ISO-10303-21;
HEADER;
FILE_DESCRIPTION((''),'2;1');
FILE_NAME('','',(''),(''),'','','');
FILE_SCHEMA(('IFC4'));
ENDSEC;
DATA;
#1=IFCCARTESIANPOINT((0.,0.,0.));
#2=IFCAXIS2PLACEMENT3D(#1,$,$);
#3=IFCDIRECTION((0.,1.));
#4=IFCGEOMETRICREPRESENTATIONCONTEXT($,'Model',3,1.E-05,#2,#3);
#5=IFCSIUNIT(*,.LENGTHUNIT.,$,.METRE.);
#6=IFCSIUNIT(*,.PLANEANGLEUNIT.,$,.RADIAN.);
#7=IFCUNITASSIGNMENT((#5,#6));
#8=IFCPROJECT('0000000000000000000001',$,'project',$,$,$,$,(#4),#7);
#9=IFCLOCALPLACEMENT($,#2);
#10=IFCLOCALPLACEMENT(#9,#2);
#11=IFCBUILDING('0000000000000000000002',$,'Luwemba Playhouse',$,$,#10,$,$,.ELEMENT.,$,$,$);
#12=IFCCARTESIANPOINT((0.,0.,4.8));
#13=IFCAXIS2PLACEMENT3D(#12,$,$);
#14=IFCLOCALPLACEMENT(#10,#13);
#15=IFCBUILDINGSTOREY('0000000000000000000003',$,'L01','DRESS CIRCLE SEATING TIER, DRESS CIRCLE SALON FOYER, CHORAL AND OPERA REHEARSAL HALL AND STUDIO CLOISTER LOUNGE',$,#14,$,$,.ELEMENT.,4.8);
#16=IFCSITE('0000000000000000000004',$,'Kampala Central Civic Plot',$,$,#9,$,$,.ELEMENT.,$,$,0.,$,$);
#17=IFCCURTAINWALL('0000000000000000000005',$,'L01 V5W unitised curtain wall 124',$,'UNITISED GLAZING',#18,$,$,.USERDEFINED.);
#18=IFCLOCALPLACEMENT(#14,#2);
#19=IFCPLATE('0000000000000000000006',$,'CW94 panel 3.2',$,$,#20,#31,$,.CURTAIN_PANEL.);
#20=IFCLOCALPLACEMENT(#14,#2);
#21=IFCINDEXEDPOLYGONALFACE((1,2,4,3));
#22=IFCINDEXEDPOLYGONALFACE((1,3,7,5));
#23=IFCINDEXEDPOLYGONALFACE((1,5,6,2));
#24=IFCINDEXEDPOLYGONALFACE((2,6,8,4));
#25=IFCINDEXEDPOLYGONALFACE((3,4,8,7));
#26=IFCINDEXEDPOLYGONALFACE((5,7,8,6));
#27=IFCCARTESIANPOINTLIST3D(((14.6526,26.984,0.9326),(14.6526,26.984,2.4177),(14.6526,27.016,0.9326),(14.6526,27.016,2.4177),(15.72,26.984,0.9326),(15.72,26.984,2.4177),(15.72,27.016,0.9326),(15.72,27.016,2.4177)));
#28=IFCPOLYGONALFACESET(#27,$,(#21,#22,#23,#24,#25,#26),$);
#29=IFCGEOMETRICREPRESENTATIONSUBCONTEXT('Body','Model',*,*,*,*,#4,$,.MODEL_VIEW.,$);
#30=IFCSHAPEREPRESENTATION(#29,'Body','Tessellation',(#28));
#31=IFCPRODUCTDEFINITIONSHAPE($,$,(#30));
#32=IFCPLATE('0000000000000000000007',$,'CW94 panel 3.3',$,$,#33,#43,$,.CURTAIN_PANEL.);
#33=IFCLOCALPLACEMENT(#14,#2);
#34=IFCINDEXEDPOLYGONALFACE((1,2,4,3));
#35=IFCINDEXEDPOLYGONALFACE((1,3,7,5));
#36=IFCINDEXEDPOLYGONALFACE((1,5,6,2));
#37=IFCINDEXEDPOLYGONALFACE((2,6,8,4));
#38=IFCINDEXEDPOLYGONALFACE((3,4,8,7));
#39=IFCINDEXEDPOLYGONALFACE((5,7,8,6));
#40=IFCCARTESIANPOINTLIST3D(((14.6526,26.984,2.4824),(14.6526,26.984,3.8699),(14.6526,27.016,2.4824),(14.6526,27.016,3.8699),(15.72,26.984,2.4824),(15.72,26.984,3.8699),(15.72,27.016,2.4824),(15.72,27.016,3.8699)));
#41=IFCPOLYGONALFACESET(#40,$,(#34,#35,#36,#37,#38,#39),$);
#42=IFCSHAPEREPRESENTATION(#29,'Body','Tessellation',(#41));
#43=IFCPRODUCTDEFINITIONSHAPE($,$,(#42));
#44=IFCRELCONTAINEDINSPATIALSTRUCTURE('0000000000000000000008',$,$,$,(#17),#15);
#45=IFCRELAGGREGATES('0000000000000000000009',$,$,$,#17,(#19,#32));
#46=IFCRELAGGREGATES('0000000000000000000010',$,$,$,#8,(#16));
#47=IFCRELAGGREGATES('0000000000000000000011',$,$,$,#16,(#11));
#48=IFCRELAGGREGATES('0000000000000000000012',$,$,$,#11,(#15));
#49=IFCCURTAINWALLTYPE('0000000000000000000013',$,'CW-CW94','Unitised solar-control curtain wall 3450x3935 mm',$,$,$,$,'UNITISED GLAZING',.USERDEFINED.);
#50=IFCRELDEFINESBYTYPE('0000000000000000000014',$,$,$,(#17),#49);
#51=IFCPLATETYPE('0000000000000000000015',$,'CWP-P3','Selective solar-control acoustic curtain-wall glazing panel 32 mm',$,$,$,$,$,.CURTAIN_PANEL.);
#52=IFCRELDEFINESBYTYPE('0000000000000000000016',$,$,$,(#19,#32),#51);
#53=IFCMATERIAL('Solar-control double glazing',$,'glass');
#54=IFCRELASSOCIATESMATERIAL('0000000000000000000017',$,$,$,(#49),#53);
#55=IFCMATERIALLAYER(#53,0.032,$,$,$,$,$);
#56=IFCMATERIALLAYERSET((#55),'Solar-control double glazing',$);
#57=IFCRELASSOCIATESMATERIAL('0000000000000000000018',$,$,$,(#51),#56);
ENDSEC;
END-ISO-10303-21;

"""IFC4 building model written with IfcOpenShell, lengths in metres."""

from ifc_helpers import new_model, si_unit, direction, frame, origin, origin_2d, place, context, subcontext, project, spatial, rectangle, extrude, material, layer, layer_set, type_object, element, aggregate, save


model = new_model("IFC4")

# Units and contexts
model_context = context("Model", 3, precision=1e-05, world=origin(), true_north=direction((0.0, 1.0)))
body_context = subcontext(model_context, "Body", "Model", "MODEL_VIEW")
ifc_project = project(units=[si_unit("LENGTHUNIT", "METRE"), si_unit("PLANEANGLEUNIT", "RADIAN")], contexts=[model_context])

# Site, building, storey
site_placement = place(None, origin())
site = spatial("IfcSite", under=ifc_project, at=site_placement, Name="Kampala Central Civic Plot", CompositionType="ELEMENT", RefElevation=0.0)
building_placement = place(site_placement, origin())
building = spatial("IfcBuilding", under=site, at=building_placement, Name="Luwemba Playhouse", CompositionType="ELEMENT")
storey_placement = place(building_placement, frame((0.0, 0.0, 4.8)))
storey = spatial("IfcBuildingStorey", under=building, at=storey_placement, Name="L01", Description="DRESS CIRCLE SEATING TIER, DRESS CIRCLE SALON FOYER, CHORAL AND OPERA REHEARSAL HALL AND STUDIO CLOISTER LOUNGE", CompositionType="ELEMENT", Elevation=4.8)

# Shared definitions
ifc_material_1 = material(Name="Solar-control double glazing", Category="glass")

# Curtain wall
curtain_wall_type_1 = type_object("IfcCurtainWallType", Name="CW-CW94", Description="Unitised solar-control curtain wall 3450x3935 mm", ElementType="UNITISED GLAZING", PredefinedType="USERDEFINED", material=ifc_material_1)
curtain_wall_1_placement = place(storey_placement, origin())
curtain_wall_1 = element("IfcCurtainWall", 1, at=curtain_wall_1_placement, inside=storey, type_object=curtain_wall_type_1, Name="L01 V5W unitised curtain wall 124", ObjectType="UNITISED GLAZING", PredefinedType="USERDEFINED")

# Plates
ifc_layer_1 = layer(ifc_material_1, 0.032)
ifc_layer_set_1 = layer_set([ifc_layer_1], Name="Solar-control double glazing")
plate_type_1 = type_object("IfcPlateType", Name="CWP-P3", Description="Selective solar-control acoustic curtain-wall glazing panel 32 mm", PredefinedType="CURTAIN_PANEL", material=ifc_layer_set_1)
plate_1_placement = place(storey_placement, frame((15.1863, 27.0, 0.9326), z_axis=(0.0, 0.0, 1.0), x_axis=(1.0, 0.0, 0.0)))
plate_1 = element("IfcPlate", 2, at=plate_1_placement, type_object=plate_type_1, Name="CW94 panel 3.2", PredefinedType="CURTAIN_PANEL", context=body_context, shape_type="SweptSolid", body=[
    extrude(rectangle(XDim=1.0674, YDim=0.032, at=origin_2d()), origin(), (0.0, 0.0, 1.0), 1.4851),
])
plate_2_placement = place(storey_placement, frame((15.1863, 27.0, 2.4824), z_axis=(0.0, 0.0, 1.0), x_axis=(1.0, 0.0, 0.0)))
plate_2 = element("IfcPlate", 3, at=plate_2_placement, type_object=plate_type_1, Name="CW94 panel 3.3", PredefinedType="CURTAIN_PANEL", context=body_context, shape_type="SweptSolid", body=[
    extrude(rectangle(XDim=1.0674, YDim=0.032, at=origin_2d()), origin(), (0.0, 0.0, 1.0), 1.3875),
])
aggregate(curtain_wall_1, [plate_1, plate_2])

save(model, "model.ifc")
